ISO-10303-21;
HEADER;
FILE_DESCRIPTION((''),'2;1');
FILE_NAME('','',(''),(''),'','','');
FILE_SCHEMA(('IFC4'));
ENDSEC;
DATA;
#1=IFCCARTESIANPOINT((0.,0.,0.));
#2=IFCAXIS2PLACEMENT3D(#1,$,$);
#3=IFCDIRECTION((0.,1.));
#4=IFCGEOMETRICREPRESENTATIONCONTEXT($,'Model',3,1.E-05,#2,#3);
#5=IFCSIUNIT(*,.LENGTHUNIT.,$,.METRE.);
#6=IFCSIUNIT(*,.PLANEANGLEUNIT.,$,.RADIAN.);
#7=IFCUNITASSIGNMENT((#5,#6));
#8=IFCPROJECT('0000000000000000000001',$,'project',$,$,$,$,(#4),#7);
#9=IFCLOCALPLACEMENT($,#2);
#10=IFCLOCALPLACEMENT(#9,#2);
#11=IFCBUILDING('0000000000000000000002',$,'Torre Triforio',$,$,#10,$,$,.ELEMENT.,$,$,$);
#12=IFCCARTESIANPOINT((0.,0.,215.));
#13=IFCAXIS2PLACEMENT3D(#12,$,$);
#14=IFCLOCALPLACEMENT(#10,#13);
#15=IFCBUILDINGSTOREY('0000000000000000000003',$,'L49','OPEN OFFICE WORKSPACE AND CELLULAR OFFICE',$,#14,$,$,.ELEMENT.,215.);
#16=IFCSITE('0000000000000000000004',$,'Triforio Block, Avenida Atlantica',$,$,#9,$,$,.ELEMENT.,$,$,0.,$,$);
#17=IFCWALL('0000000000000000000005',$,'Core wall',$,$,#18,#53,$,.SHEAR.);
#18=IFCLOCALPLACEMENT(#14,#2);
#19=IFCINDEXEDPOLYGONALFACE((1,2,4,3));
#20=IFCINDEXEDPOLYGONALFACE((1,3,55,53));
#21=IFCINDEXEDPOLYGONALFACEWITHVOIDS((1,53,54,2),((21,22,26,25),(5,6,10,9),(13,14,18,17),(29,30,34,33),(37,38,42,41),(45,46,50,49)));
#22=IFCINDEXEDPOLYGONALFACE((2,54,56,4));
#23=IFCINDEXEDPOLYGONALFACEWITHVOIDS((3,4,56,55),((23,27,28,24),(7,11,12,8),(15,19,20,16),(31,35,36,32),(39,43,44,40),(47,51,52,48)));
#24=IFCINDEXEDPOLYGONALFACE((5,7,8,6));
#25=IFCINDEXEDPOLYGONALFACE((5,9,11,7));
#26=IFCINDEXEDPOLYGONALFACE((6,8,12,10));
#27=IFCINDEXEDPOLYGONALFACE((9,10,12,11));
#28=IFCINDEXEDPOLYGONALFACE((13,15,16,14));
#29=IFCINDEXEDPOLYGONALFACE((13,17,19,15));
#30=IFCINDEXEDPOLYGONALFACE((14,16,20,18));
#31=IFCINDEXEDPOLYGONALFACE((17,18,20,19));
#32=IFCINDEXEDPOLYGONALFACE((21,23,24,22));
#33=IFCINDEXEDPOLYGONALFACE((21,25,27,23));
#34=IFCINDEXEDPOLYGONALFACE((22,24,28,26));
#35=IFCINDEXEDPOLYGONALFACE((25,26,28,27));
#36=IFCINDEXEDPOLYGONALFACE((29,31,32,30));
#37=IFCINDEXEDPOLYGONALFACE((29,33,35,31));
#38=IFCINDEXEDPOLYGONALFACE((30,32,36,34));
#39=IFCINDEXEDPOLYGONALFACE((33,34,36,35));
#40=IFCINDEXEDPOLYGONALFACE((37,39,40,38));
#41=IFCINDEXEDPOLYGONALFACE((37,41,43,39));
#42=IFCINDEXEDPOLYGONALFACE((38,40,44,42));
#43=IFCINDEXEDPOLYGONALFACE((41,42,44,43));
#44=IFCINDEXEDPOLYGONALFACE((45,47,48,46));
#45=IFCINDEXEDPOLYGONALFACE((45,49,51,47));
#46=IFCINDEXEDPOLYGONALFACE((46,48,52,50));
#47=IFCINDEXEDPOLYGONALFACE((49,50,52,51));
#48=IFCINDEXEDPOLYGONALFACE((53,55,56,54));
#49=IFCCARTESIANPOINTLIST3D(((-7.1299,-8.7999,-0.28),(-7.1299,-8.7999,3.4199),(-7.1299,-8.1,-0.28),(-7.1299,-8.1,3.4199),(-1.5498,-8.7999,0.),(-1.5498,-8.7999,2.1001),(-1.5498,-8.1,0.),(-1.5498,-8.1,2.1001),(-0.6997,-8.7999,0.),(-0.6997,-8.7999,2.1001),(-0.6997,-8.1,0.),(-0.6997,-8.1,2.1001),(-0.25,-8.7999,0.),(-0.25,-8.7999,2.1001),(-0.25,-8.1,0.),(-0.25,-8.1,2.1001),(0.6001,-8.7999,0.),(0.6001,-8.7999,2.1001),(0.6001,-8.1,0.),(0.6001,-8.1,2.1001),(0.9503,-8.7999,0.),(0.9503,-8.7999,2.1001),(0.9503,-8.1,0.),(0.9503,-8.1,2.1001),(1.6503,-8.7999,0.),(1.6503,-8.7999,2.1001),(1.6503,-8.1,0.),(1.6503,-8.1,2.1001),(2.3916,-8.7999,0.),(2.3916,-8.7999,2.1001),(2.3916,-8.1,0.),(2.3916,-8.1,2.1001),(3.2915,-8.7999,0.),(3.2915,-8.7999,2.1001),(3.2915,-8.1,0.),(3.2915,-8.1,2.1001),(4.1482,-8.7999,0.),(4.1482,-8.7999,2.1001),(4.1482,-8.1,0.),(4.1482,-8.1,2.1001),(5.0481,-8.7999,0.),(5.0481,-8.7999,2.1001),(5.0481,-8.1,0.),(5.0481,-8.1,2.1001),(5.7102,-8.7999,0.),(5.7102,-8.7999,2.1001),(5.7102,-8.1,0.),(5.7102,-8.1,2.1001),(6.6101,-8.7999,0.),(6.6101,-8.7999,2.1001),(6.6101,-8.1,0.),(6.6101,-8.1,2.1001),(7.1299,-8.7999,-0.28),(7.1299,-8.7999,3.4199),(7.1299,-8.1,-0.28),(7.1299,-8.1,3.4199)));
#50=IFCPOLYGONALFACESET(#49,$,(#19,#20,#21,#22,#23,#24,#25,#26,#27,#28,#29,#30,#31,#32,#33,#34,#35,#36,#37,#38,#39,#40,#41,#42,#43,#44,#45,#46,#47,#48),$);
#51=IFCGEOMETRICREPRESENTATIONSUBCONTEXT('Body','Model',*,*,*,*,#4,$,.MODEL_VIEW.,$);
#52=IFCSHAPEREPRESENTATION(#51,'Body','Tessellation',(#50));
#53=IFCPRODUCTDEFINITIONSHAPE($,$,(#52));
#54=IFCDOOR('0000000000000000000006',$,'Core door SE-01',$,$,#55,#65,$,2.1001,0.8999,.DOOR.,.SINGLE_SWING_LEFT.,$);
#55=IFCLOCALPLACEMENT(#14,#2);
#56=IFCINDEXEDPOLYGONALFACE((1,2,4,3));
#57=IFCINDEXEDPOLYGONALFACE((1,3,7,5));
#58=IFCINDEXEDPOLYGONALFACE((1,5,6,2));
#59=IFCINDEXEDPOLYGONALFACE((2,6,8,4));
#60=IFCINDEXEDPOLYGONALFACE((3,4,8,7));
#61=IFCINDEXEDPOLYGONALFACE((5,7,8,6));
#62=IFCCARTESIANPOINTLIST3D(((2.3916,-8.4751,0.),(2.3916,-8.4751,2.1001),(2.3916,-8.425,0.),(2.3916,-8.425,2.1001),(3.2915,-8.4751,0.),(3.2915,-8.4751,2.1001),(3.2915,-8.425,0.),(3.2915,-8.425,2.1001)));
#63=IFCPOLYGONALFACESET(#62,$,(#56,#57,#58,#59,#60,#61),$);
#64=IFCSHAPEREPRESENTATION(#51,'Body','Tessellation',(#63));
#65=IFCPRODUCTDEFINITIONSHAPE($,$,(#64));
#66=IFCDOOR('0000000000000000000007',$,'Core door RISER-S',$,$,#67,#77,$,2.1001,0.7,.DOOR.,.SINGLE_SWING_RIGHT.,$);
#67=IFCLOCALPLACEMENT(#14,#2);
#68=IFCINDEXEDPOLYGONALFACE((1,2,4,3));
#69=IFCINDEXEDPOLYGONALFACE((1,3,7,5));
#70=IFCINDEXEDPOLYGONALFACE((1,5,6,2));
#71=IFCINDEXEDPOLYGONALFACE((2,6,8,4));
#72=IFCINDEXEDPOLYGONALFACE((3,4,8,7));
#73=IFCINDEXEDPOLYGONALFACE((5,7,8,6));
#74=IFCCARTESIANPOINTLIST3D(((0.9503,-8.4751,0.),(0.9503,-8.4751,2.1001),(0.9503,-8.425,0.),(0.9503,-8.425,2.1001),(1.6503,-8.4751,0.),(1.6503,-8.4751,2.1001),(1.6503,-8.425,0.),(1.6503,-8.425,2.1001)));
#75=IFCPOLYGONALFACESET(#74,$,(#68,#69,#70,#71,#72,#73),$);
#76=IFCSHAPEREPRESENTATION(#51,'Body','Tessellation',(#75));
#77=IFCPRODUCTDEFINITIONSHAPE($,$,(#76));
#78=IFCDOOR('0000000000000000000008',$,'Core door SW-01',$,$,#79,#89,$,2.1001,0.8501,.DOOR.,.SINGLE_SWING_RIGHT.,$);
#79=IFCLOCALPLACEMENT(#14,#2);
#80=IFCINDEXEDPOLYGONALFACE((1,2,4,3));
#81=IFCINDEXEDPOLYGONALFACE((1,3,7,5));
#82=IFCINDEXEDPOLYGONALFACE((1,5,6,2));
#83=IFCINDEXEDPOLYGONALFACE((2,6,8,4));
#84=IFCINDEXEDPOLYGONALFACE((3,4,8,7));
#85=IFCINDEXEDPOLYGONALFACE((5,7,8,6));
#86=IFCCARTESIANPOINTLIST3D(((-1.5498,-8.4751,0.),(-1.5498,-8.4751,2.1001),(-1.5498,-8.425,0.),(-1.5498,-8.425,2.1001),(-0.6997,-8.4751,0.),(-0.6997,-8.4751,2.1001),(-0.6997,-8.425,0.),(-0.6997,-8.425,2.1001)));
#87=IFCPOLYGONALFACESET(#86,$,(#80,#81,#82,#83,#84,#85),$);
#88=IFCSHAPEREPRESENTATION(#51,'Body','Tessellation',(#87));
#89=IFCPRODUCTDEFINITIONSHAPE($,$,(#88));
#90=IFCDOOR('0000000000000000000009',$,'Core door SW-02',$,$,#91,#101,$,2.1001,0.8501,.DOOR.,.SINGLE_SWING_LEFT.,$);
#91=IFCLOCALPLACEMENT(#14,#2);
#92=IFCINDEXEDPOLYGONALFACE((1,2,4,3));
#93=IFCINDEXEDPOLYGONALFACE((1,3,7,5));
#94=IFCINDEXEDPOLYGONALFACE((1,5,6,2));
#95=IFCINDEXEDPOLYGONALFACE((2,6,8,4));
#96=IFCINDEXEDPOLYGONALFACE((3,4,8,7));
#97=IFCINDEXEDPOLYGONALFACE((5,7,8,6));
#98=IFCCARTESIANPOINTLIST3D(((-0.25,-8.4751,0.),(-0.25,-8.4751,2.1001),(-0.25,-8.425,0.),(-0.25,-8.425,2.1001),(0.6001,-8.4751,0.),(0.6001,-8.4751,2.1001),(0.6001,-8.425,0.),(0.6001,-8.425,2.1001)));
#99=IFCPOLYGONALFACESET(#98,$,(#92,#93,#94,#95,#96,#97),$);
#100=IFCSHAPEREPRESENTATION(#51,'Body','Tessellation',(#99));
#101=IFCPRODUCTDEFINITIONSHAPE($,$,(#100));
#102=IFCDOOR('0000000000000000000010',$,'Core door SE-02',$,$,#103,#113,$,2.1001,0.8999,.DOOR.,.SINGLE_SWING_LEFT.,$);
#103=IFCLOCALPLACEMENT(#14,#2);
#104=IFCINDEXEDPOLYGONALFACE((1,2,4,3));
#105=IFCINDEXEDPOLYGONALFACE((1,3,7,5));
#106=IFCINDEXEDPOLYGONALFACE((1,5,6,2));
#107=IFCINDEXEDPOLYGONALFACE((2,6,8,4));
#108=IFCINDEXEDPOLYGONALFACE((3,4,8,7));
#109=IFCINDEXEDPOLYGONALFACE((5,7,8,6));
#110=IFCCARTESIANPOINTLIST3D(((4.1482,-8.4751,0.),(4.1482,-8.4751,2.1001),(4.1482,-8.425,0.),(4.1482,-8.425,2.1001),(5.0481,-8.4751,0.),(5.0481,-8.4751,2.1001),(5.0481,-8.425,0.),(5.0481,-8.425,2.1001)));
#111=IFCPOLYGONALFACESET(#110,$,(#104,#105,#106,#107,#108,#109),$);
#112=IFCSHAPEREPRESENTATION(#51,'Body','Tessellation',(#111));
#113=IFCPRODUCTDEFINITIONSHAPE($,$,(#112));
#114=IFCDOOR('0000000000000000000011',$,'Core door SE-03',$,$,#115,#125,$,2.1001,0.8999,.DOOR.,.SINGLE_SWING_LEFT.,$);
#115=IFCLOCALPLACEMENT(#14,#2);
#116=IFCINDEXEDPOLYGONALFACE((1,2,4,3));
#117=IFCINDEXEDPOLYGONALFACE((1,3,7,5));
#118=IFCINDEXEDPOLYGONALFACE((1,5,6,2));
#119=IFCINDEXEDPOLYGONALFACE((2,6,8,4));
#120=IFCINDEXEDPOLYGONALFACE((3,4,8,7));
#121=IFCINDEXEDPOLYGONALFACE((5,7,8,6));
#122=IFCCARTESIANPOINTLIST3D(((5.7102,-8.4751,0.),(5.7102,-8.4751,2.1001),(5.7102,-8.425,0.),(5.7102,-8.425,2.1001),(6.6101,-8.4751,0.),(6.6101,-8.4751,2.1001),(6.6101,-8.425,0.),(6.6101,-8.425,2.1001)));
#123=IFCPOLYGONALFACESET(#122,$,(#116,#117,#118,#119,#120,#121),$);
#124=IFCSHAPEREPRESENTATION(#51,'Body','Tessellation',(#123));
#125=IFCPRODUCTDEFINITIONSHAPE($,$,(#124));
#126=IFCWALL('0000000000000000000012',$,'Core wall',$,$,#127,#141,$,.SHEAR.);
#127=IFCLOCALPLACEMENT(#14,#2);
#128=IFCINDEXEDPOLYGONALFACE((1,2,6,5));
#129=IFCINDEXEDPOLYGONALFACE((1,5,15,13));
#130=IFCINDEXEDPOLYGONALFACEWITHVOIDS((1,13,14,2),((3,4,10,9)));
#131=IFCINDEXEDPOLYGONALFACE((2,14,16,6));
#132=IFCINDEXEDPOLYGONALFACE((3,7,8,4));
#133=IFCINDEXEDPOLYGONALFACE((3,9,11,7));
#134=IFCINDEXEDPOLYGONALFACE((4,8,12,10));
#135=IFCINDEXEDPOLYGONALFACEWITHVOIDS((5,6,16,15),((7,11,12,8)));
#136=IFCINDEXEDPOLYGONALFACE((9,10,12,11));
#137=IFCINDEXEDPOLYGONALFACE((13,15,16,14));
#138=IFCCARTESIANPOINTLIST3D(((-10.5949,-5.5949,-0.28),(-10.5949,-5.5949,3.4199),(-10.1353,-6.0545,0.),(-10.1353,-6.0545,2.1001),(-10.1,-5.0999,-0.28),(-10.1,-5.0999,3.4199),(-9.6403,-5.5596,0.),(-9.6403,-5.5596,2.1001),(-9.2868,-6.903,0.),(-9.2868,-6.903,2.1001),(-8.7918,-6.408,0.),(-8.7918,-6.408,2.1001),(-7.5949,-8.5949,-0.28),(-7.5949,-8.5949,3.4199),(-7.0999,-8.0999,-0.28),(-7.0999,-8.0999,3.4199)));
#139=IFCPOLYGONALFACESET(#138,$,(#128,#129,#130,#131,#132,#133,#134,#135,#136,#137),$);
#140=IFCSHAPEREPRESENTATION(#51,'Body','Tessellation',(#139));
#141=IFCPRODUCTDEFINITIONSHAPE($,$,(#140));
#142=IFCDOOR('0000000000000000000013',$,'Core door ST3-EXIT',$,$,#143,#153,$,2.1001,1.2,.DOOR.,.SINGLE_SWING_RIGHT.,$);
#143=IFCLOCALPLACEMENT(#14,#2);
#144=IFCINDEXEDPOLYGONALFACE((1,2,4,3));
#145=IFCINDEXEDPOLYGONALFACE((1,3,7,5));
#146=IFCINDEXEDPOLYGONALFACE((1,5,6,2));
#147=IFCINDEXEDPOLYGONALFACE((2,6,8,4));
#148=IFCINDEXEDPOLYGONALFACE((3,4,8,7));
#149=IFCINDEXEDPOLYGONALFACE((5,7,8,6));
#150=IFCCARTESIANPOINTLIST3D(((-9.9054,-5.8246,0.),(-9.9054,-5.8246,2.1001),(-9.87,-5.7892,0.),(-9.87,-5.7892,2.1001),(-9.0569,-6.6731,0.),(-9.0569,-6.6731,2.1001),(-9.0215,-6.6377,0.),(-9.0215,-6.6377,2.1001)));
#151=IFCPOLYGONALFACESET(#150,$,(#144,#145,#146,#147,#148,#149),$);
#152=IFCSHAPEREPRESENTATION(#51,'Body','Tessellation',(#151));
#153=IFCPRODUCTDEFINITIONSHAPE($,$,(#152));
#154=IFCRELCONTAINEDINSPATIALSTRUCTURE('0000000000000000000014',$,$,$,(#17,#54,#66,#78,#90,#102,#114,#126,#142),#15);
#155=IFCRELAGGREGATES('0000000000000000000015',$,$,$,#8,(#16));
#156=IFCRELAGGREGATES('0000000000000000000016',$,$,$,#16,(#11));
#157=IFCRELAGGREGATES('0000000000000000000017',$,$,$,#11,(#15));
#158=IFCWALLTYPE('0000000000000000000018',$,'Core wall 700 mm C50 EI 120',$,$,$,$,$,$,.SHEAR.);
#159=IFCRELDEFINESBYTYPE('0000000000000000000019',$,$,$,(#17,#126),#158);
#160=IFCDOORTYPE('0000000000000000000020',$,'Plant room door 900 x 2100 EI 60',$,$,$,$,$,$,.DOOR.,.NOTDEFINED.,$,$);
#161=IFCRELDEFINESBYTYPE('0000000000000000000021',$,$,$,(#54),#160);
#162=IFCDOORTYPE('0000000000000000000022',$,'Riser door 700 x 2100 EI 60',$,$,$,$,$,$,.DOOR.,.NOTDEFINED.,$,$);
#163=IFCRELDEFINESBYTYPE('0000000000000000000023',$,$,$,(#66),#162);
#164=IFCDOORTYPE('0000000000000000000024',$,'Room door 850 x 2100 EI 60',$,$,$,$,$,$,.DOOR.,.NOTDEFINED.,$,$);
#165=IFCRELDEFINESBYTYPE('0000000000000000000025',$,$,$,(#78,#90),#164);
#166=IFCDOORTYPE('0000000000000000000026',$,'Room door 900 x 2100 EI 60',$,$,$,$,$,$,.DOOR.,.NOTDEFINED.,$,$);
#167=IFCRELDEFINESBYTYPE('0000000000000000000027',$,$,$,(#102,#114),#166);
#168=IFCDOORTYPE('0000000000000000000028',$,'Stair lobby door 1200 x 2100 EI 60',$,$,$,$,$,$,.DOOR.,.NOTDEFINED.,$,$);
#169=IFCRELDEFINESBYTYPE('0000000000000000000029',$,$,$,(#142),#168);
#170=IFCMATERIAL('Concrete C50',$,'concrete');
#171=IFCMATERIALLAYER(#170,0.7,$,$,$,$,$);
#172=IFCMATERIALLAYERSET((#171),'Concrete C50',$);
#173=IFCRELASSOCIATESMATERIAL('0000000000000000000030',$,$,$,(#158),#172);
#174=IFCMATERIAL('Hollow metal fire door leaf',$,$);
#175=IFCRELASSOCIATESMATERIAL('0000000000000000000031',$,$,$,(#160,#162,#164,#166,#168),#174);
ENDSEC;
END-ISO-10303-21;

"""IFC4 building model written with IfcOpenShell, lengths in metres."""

from ifc_helpers import new_model, si_unit, direction, frame, frame_2d, origin, place, context, subcontext, project, spatial, rectangle, extrude, material, layer, layer_set, type_object, element, fill, save


model = new_model("IFC4")

# Units and contexts
model_context = context("Model", 3, precision=1e-05, world=origin(), true_north=direction((0.0, 1.0)))
body_context = subcontext(model_context, "Body", "Model", "MODEL_VIEW")
ifc_project = project(units=[si_unit("LENGTHUNIT", "METRE"), si_unit("PLANEANGLEUNIT", "RADIAN")], contexts=[model_context])

# Site, building, storey
site_placement = place(None, origin())
site = spatial("IfcSite", under=ifc_project, at=site_placement, Name="Triforio Block, Avenida Atlantica", CompositionType="ELEMENT", RefElevation=0.0)
building_placement = place(site_placement, origin())
building = spatial("IfcBuilding", under=site, at=building_placement, Name="Torre Triforio", CompositionType="ELEMENT")
storey_placement = place(building_placement, frame((0.0, 0.0, 215.0)))
storey = spatial("IfcBuildingStorey", under=building, at=storey_placement, Name="L49", Description="OPEN OFFICE WORKSPACE AND CELLULAR OFFICE", CompositionType="ELEMENT", Elevation=215.0)

# Shared definitions
ifc_material_1 = material(Name="Concrete C50", Category="concrete")

# Wall, openings, doors
ifc_layer_1 = layer(ifc_material_1, 0.7)
ifc_layer_set_1 = layer_set([ifc_layer_1], Name="Concrete C50")
wall_type_1 = type_object("IfcWallType", Name="Core wall 700 mm C50 EI 120", PredefinedType="SHEAR", material=ifc_layer_set_1)
wall_1_placement = place(storey_placement, frame((-7.1299, -8.45, -0.28), z_axis=(0.0, 0.0, 1.0), x_axis=(1.0, 0.0, 0.0)))
wall_1 = element("IfcWall", 1, at=wall_1_placement, inside=storey, type_object=wall_type_1, Name="Core wall", PredefinedType="SHEAR", context=body_context, shape_type="SweptSolid", body=[
    extrude(rectangle(XDim=14.2598, YDim=0.7, at=frame_2d((7.1299, 0.0))), origin(), (0.0, 0.0, 1.0), 3.7),
])
opening_1_placement = place(wall_1_placement, frame((8.0801, 0.0, 0.28)))
opening_1 = element("IfcOpeningElement", 2, at=opening_1_placement, cuts=wall_1, PredefinedType="OPENING", context=body_context, shape_type="SweptSolid", body=[
    extrude(rectangle(XDim=0.7, YDim=2.1001, at=frame_2d((0.3501, 1.05))), frame((0.0, 0.3599, 0.0), z_axis=(0.0, -1.0, 0.0), x_axis=(1.0, 0.0, 0.0)), (0.0, 0.0, 1.0), 0.72),
])
opening_2_placement = place(wall_1_placement, frame((5.5801, 0.0, 0.28)))
opening_2 = element("IfcOpeningElement", 3, at=opening_2_placement, cuts=wall_1, PredefinedType="OPENING", context=body_context, shape_type="SweptSolid", body=[
    extrude(rectangle(XDim=0.8501, YDim=2.1001, at=frame_2d((0.425, 1.05))), frame((0.0, 0.3599, 0.0), z_axis=(0.0, -1.0, 0.0), x_axis=(1.0, 0.0, 0.0)), (0.0, 0.0, 1.0), 0.72),
])
opening_3_placement = place(wall_1_placement, frame((6.8799, 0.0, 0.28)))
opening_3 = element("IfcOpeningElement", 4, at=opening_3_placement, cuts=wall_1, PredefinedType="OPENING", context=body_context, shape_type="SweptSolid", body=[
    extrude(rectangle(XDim=0.8501, YDim=2.1001, at=frame_2d((0.425, 1.05))), frame((0.0, 0.3599, 0.0), z_axis=(0.0, -1.0, 0.0), x_axis=(1.0, 0.0, 0.0)), (0.0, 0.0, 1.0), 0.72),
])
opening_4_placement = place(wall_1_placement, frame((9.5215, 0.0, 0.28)))
opening_4 = element("IfcOpeningElement", 5, at=opening_4_placement, cuts=wall_1, PredefinedType="OPENING", context=body_context, shape_type="SweptSolid", body=[
    extrude(rectangle(XDim=0.8999, YDim=2.1001, at=frame_2d((0.45, 1.05))), frame((0.0, 0.3599, 0.0), z_axis=(0.0, -1.0, 0.0), x_axis=(1.0, 0.0, 0.0)), (0.0, 0.0, 1.0), 0.72),
])
opening_5_placement = place(wall_1_placement, frame((11.2781, 0.0, 0.28)))
opening_5 = element("IfcOpeningElement", 6, at=opening_5_placement, cuts=wall_1, PredefinedType="OPENING", context=body_context, shape_type="SweptSolid", body=[
    extrude(rectangle(XDim=0.8999, YDim=2.1001, at=frame_2d((0.45, 1.05))), frame((0.0, 0.3599, 0.0), z_axis=(0.0, -1.0, 0.0), x_axis=(1.0, 0.0, 0.0)), (0.0, 0.0, 1.0), 0.72),
])
opening_6_placement = place(wall_1_placement, frame((12.8401, 0.0, 0.28)))
opening_6 = element("IfcOpeningElement", 7, at=opening_6_placement, cuts=wall_1, PredefinedType="OPENING", context=body_context, shape_type="SweptSolid", body=[
    extrude(rectangle(XDim=0.8999, YDim=2.1001, at=frame_2d((0.45, 1.05))), frame((0.0, 0.3599, 0.0), z_axis=(0.0, -1.0, 0.0), x_axis=(1.0, 0.0, 0.0)), (0.0, 0.0, 1.0), 0.72),
])
ifc_material_2 = material(Name="Hollow metal fire door leaf")
door_type_1 = type_object("IfcDoorType", Name="Plant room door 900 x 2100 EI 60", OperationType="NOTDEFINED", PredefinedType="DOOR", material=ifc_material_2)
door_1_placement = place(opening_4_placement, origin())
door_1 = element("IfcDoor", 8, at=door_1_placement, inside=storey, type_object=door_type_1, Name="Core door SE-01", OperationType="SINGLE_SWING_LEFT", OverallHeight=2.1001, OverallWidth=0.8999, PredefinedType="DOOR", context=body_context, shape_type="SweptSolid", body=[
    extrude(rectangle(XDim=0.8999, YDim=2.1001, at=frame_2d((0.45, 1.05))), frame((0.0, 0.0249, 0.0), z_axis=(0.0, -1.0, 0.0), x_axis=(1.0, 0.0, 0.0)), (0.0, 0.0, 1.0), 0.05),
])
fill(opening_4, door_1)
door_type_2 = type_object("IfcDoorType", Name="Riser door 700 x 2100 EI 60", OperationType="NOTDEFINED", PredefinedType="DOOR", material=ifc_material_2)
door_2_placement = place(opening_1_placement, origin())
door_2 = element("IfcDoor", 9, at=door_2_placement, inside=storey, type_object=door_type_2, Name="Core door RISER-S", OperationType="SINGLE_SWING_RIGHT", OverallHeight=2.1001, OverallWidth=0.7, PredefinedType="DOOR", context=body_context, shape_type="SweptSolid", body=[
    extrude(rectangle(XDim=0.7, YDim=2.1001, at=frame_2d((0.3501, 1.05))), frame((0.0, 0.0249, 0.0), z_axis=(0.0, -1.0, 0.0), x_axis=(1.0, 0.0, 0.0)), (0.0, 0.0, 1.0), 0.05),
])
fill(opening_1, door_2)
door_type_3 = type_object("IfcDoorType", Name="Room door 850 x 2100 EI 60", OperationType="NOTDEFINED", PredefinedType="DOOR", material=ifc_material_2)
door_3_placement = place(opening_2_placement, origin())
door_3 = element("IfcDoor", 10, at=door_3_placement, inside=storey, type_object=door_type_3, Name="Core door SW-01", OperationType="SINGLE_SWING_RIGHT", OverallHeight=2.1001, OverallWidth=0.8501, PredefinedType="DOOR", context=body_context, shape_type="SweptSolid", body=[
    extrude(rectangle(XDim=0.8501, YDim=2.1001, at=frame_2d((0.425, 1.05))), frame((0.0, 0.0249, 0.0), z_axis=(0.0, -1.0, 0.0), x_axis=(1.0, 0.0, 0.0)), (0.0, 0.0, 1.0), 0.05),
])
fill(opening_2, door_3)
door_4_placement = place(opening_3_placement, origin())
door_4 = element("IfcDoor", 11, at=door_4_placement, inside=storey, type_object=door_type_3, Name="Core door SW-02", OperationType="SINGLE_SWING_LEFT", OverallHeight=2.1001, OverallWidth=0.8501, PredefinedType="DOOR", context=body_context, shape_type="SweptSolid", body=[
    extrude(rectangle(XDim=0.8501, YDim=2.1001, at=frame_2d((0.425, 1.05))), frame((0.0, 0.0249, 0.0), z_axis=(0.0, -1.0, 0.0), x_axis=(1.0, 0.0, 0.0)), (0.0, 0.0, 1.0), 0.05),
])
fill(opening_3, door_4)
door_type_4 = type_object("IfcDoorType", Name="Room door 900 x 2100 EI 60", OperationType="NOTDEFINED", PredefinedType="DOOR", material=ifc_material_2)
door_5_placement = place(opening_5_placement, origin())
door_5 = element("IfcDoor", 12, at=door_5_placement, inside=storey, type_object=door_type_4, Name="Core door SE-02", OperationType="SINGLE_SWING_LEFT", OverallHeight=2.1001, OverallWidth=0.8999, PredefinedType="DOOR", context=body_context, shape_type="SweptSolid", body=[
    extrude(rectangle(XDim=0.8999, YDim=2.1001, at=frame_2d((0.45, 1.05))), frame((0.0, 0.0249, 0.0), z_axis=(0.0, -1.0, 0.0), x_axis=(1.0, 0.0, 0.0)), (0.0, 0.0, 1.0), 0.05),
])
fill(opening_5, door_5)
door_6_placement = place(opening_6_placement, origin())
door_6 = element("IfcDoor", 13, at=door_6_placement, inside=storey, type_object=door_type_4, Name="Core door SE-03", OperationType="SINGLE_SWING_LEFT", OverallHeight=2.1001, OverallWidth=0.8999, PredefinedType="DOOR", context=body_context, shape_type="SweptSolid", body=[
    extrude(rectangle(XDim=0.8999, YDim=2.1001, at=frame_2d((0.45, 1.05))), frame((0.0, 0.0249, 0.0), z_axis=(0.0, -1.0, 0.0), x_axis=(1.0, 0.0, 0.0)), (0.0, 0.0, 1.0), 0.05),
])
fill(opening_6, door_6)

# Wall, opening, door
wall_2_placement = place(storey_placement, frame((-7.3474, -8.3474, -0.28), z_axis=(0.0, 0.0, 1.0), x_axis=(-0.707107, 0.707107, 0.0)))
wall_2 = element("IfcWall", 14, at=wall_2_placement, inside=storey, type_object=wall_type_1, Name="Core wall", PredefinedType="SHEAR", context=body_context, shape_type="SweptSolid", body=[
    extrude(rectangle(XDim=4.2427, YDim=0.7, at=frame_2d((2.1213, 0.0))), origin(), (0.0, 0.0, 1.0), 3.7),
])
opening_7_placement = place(wall_2_placement, frame((2.3926, 0.0, 0.28)))
opening_7 = element("IfcOpeningElement", 15, at=opening_7_placement, cuts=wall_2, PredefinedType="OPENING", context=body_context, shape_type="SweptSolid", body=[
    extrude(rectangle(XDim=1.2, YDim=2.1001, at=frame_2d((0.6001, 1.05))), frame((0.0, 0.3599, 0.0), z_axis=(0.0, -1.0, 0.0), x_axis=(1.0, 0.0, 0.0)), (0.0, 0.0, 1.0), 0.72),
])
door_type_5 = type_object("IfcDoorType", Name="Stair lobby door 1200 x 2100 EI 60", OperationType="NOTDEFINED", PredefinedType="DOOR", material=ifc_material_2)
door_7_placement = place(opening_7_placement, origin())
door_7 = element("IfcDoor", 16, at=door_7_placement, inside=storey, type_object=door_type_5, Name="Core door ST3-EXIT", OperationType="SINGLE_SWING_RIGHT", OverallHeight=2.1001, OverallWidth=1.2, PredefinedType="DOOR", context=body_context, shape_type="SweptSolid", body=[
    extrude(rectangle(XDim=1.2, YDim=2.1001, at=frame_2d((0.6001, 1.05))), frame((0.0, 0.0249, 0.0), z_axis=(0.0, -1.0, 0.0), x_axis=(1.0, 0.0, 0.0)), (0.0, 0.0, 1.0), 0.05),
])
fill(opening_7, door_7)

save(model, "model.ifc")
